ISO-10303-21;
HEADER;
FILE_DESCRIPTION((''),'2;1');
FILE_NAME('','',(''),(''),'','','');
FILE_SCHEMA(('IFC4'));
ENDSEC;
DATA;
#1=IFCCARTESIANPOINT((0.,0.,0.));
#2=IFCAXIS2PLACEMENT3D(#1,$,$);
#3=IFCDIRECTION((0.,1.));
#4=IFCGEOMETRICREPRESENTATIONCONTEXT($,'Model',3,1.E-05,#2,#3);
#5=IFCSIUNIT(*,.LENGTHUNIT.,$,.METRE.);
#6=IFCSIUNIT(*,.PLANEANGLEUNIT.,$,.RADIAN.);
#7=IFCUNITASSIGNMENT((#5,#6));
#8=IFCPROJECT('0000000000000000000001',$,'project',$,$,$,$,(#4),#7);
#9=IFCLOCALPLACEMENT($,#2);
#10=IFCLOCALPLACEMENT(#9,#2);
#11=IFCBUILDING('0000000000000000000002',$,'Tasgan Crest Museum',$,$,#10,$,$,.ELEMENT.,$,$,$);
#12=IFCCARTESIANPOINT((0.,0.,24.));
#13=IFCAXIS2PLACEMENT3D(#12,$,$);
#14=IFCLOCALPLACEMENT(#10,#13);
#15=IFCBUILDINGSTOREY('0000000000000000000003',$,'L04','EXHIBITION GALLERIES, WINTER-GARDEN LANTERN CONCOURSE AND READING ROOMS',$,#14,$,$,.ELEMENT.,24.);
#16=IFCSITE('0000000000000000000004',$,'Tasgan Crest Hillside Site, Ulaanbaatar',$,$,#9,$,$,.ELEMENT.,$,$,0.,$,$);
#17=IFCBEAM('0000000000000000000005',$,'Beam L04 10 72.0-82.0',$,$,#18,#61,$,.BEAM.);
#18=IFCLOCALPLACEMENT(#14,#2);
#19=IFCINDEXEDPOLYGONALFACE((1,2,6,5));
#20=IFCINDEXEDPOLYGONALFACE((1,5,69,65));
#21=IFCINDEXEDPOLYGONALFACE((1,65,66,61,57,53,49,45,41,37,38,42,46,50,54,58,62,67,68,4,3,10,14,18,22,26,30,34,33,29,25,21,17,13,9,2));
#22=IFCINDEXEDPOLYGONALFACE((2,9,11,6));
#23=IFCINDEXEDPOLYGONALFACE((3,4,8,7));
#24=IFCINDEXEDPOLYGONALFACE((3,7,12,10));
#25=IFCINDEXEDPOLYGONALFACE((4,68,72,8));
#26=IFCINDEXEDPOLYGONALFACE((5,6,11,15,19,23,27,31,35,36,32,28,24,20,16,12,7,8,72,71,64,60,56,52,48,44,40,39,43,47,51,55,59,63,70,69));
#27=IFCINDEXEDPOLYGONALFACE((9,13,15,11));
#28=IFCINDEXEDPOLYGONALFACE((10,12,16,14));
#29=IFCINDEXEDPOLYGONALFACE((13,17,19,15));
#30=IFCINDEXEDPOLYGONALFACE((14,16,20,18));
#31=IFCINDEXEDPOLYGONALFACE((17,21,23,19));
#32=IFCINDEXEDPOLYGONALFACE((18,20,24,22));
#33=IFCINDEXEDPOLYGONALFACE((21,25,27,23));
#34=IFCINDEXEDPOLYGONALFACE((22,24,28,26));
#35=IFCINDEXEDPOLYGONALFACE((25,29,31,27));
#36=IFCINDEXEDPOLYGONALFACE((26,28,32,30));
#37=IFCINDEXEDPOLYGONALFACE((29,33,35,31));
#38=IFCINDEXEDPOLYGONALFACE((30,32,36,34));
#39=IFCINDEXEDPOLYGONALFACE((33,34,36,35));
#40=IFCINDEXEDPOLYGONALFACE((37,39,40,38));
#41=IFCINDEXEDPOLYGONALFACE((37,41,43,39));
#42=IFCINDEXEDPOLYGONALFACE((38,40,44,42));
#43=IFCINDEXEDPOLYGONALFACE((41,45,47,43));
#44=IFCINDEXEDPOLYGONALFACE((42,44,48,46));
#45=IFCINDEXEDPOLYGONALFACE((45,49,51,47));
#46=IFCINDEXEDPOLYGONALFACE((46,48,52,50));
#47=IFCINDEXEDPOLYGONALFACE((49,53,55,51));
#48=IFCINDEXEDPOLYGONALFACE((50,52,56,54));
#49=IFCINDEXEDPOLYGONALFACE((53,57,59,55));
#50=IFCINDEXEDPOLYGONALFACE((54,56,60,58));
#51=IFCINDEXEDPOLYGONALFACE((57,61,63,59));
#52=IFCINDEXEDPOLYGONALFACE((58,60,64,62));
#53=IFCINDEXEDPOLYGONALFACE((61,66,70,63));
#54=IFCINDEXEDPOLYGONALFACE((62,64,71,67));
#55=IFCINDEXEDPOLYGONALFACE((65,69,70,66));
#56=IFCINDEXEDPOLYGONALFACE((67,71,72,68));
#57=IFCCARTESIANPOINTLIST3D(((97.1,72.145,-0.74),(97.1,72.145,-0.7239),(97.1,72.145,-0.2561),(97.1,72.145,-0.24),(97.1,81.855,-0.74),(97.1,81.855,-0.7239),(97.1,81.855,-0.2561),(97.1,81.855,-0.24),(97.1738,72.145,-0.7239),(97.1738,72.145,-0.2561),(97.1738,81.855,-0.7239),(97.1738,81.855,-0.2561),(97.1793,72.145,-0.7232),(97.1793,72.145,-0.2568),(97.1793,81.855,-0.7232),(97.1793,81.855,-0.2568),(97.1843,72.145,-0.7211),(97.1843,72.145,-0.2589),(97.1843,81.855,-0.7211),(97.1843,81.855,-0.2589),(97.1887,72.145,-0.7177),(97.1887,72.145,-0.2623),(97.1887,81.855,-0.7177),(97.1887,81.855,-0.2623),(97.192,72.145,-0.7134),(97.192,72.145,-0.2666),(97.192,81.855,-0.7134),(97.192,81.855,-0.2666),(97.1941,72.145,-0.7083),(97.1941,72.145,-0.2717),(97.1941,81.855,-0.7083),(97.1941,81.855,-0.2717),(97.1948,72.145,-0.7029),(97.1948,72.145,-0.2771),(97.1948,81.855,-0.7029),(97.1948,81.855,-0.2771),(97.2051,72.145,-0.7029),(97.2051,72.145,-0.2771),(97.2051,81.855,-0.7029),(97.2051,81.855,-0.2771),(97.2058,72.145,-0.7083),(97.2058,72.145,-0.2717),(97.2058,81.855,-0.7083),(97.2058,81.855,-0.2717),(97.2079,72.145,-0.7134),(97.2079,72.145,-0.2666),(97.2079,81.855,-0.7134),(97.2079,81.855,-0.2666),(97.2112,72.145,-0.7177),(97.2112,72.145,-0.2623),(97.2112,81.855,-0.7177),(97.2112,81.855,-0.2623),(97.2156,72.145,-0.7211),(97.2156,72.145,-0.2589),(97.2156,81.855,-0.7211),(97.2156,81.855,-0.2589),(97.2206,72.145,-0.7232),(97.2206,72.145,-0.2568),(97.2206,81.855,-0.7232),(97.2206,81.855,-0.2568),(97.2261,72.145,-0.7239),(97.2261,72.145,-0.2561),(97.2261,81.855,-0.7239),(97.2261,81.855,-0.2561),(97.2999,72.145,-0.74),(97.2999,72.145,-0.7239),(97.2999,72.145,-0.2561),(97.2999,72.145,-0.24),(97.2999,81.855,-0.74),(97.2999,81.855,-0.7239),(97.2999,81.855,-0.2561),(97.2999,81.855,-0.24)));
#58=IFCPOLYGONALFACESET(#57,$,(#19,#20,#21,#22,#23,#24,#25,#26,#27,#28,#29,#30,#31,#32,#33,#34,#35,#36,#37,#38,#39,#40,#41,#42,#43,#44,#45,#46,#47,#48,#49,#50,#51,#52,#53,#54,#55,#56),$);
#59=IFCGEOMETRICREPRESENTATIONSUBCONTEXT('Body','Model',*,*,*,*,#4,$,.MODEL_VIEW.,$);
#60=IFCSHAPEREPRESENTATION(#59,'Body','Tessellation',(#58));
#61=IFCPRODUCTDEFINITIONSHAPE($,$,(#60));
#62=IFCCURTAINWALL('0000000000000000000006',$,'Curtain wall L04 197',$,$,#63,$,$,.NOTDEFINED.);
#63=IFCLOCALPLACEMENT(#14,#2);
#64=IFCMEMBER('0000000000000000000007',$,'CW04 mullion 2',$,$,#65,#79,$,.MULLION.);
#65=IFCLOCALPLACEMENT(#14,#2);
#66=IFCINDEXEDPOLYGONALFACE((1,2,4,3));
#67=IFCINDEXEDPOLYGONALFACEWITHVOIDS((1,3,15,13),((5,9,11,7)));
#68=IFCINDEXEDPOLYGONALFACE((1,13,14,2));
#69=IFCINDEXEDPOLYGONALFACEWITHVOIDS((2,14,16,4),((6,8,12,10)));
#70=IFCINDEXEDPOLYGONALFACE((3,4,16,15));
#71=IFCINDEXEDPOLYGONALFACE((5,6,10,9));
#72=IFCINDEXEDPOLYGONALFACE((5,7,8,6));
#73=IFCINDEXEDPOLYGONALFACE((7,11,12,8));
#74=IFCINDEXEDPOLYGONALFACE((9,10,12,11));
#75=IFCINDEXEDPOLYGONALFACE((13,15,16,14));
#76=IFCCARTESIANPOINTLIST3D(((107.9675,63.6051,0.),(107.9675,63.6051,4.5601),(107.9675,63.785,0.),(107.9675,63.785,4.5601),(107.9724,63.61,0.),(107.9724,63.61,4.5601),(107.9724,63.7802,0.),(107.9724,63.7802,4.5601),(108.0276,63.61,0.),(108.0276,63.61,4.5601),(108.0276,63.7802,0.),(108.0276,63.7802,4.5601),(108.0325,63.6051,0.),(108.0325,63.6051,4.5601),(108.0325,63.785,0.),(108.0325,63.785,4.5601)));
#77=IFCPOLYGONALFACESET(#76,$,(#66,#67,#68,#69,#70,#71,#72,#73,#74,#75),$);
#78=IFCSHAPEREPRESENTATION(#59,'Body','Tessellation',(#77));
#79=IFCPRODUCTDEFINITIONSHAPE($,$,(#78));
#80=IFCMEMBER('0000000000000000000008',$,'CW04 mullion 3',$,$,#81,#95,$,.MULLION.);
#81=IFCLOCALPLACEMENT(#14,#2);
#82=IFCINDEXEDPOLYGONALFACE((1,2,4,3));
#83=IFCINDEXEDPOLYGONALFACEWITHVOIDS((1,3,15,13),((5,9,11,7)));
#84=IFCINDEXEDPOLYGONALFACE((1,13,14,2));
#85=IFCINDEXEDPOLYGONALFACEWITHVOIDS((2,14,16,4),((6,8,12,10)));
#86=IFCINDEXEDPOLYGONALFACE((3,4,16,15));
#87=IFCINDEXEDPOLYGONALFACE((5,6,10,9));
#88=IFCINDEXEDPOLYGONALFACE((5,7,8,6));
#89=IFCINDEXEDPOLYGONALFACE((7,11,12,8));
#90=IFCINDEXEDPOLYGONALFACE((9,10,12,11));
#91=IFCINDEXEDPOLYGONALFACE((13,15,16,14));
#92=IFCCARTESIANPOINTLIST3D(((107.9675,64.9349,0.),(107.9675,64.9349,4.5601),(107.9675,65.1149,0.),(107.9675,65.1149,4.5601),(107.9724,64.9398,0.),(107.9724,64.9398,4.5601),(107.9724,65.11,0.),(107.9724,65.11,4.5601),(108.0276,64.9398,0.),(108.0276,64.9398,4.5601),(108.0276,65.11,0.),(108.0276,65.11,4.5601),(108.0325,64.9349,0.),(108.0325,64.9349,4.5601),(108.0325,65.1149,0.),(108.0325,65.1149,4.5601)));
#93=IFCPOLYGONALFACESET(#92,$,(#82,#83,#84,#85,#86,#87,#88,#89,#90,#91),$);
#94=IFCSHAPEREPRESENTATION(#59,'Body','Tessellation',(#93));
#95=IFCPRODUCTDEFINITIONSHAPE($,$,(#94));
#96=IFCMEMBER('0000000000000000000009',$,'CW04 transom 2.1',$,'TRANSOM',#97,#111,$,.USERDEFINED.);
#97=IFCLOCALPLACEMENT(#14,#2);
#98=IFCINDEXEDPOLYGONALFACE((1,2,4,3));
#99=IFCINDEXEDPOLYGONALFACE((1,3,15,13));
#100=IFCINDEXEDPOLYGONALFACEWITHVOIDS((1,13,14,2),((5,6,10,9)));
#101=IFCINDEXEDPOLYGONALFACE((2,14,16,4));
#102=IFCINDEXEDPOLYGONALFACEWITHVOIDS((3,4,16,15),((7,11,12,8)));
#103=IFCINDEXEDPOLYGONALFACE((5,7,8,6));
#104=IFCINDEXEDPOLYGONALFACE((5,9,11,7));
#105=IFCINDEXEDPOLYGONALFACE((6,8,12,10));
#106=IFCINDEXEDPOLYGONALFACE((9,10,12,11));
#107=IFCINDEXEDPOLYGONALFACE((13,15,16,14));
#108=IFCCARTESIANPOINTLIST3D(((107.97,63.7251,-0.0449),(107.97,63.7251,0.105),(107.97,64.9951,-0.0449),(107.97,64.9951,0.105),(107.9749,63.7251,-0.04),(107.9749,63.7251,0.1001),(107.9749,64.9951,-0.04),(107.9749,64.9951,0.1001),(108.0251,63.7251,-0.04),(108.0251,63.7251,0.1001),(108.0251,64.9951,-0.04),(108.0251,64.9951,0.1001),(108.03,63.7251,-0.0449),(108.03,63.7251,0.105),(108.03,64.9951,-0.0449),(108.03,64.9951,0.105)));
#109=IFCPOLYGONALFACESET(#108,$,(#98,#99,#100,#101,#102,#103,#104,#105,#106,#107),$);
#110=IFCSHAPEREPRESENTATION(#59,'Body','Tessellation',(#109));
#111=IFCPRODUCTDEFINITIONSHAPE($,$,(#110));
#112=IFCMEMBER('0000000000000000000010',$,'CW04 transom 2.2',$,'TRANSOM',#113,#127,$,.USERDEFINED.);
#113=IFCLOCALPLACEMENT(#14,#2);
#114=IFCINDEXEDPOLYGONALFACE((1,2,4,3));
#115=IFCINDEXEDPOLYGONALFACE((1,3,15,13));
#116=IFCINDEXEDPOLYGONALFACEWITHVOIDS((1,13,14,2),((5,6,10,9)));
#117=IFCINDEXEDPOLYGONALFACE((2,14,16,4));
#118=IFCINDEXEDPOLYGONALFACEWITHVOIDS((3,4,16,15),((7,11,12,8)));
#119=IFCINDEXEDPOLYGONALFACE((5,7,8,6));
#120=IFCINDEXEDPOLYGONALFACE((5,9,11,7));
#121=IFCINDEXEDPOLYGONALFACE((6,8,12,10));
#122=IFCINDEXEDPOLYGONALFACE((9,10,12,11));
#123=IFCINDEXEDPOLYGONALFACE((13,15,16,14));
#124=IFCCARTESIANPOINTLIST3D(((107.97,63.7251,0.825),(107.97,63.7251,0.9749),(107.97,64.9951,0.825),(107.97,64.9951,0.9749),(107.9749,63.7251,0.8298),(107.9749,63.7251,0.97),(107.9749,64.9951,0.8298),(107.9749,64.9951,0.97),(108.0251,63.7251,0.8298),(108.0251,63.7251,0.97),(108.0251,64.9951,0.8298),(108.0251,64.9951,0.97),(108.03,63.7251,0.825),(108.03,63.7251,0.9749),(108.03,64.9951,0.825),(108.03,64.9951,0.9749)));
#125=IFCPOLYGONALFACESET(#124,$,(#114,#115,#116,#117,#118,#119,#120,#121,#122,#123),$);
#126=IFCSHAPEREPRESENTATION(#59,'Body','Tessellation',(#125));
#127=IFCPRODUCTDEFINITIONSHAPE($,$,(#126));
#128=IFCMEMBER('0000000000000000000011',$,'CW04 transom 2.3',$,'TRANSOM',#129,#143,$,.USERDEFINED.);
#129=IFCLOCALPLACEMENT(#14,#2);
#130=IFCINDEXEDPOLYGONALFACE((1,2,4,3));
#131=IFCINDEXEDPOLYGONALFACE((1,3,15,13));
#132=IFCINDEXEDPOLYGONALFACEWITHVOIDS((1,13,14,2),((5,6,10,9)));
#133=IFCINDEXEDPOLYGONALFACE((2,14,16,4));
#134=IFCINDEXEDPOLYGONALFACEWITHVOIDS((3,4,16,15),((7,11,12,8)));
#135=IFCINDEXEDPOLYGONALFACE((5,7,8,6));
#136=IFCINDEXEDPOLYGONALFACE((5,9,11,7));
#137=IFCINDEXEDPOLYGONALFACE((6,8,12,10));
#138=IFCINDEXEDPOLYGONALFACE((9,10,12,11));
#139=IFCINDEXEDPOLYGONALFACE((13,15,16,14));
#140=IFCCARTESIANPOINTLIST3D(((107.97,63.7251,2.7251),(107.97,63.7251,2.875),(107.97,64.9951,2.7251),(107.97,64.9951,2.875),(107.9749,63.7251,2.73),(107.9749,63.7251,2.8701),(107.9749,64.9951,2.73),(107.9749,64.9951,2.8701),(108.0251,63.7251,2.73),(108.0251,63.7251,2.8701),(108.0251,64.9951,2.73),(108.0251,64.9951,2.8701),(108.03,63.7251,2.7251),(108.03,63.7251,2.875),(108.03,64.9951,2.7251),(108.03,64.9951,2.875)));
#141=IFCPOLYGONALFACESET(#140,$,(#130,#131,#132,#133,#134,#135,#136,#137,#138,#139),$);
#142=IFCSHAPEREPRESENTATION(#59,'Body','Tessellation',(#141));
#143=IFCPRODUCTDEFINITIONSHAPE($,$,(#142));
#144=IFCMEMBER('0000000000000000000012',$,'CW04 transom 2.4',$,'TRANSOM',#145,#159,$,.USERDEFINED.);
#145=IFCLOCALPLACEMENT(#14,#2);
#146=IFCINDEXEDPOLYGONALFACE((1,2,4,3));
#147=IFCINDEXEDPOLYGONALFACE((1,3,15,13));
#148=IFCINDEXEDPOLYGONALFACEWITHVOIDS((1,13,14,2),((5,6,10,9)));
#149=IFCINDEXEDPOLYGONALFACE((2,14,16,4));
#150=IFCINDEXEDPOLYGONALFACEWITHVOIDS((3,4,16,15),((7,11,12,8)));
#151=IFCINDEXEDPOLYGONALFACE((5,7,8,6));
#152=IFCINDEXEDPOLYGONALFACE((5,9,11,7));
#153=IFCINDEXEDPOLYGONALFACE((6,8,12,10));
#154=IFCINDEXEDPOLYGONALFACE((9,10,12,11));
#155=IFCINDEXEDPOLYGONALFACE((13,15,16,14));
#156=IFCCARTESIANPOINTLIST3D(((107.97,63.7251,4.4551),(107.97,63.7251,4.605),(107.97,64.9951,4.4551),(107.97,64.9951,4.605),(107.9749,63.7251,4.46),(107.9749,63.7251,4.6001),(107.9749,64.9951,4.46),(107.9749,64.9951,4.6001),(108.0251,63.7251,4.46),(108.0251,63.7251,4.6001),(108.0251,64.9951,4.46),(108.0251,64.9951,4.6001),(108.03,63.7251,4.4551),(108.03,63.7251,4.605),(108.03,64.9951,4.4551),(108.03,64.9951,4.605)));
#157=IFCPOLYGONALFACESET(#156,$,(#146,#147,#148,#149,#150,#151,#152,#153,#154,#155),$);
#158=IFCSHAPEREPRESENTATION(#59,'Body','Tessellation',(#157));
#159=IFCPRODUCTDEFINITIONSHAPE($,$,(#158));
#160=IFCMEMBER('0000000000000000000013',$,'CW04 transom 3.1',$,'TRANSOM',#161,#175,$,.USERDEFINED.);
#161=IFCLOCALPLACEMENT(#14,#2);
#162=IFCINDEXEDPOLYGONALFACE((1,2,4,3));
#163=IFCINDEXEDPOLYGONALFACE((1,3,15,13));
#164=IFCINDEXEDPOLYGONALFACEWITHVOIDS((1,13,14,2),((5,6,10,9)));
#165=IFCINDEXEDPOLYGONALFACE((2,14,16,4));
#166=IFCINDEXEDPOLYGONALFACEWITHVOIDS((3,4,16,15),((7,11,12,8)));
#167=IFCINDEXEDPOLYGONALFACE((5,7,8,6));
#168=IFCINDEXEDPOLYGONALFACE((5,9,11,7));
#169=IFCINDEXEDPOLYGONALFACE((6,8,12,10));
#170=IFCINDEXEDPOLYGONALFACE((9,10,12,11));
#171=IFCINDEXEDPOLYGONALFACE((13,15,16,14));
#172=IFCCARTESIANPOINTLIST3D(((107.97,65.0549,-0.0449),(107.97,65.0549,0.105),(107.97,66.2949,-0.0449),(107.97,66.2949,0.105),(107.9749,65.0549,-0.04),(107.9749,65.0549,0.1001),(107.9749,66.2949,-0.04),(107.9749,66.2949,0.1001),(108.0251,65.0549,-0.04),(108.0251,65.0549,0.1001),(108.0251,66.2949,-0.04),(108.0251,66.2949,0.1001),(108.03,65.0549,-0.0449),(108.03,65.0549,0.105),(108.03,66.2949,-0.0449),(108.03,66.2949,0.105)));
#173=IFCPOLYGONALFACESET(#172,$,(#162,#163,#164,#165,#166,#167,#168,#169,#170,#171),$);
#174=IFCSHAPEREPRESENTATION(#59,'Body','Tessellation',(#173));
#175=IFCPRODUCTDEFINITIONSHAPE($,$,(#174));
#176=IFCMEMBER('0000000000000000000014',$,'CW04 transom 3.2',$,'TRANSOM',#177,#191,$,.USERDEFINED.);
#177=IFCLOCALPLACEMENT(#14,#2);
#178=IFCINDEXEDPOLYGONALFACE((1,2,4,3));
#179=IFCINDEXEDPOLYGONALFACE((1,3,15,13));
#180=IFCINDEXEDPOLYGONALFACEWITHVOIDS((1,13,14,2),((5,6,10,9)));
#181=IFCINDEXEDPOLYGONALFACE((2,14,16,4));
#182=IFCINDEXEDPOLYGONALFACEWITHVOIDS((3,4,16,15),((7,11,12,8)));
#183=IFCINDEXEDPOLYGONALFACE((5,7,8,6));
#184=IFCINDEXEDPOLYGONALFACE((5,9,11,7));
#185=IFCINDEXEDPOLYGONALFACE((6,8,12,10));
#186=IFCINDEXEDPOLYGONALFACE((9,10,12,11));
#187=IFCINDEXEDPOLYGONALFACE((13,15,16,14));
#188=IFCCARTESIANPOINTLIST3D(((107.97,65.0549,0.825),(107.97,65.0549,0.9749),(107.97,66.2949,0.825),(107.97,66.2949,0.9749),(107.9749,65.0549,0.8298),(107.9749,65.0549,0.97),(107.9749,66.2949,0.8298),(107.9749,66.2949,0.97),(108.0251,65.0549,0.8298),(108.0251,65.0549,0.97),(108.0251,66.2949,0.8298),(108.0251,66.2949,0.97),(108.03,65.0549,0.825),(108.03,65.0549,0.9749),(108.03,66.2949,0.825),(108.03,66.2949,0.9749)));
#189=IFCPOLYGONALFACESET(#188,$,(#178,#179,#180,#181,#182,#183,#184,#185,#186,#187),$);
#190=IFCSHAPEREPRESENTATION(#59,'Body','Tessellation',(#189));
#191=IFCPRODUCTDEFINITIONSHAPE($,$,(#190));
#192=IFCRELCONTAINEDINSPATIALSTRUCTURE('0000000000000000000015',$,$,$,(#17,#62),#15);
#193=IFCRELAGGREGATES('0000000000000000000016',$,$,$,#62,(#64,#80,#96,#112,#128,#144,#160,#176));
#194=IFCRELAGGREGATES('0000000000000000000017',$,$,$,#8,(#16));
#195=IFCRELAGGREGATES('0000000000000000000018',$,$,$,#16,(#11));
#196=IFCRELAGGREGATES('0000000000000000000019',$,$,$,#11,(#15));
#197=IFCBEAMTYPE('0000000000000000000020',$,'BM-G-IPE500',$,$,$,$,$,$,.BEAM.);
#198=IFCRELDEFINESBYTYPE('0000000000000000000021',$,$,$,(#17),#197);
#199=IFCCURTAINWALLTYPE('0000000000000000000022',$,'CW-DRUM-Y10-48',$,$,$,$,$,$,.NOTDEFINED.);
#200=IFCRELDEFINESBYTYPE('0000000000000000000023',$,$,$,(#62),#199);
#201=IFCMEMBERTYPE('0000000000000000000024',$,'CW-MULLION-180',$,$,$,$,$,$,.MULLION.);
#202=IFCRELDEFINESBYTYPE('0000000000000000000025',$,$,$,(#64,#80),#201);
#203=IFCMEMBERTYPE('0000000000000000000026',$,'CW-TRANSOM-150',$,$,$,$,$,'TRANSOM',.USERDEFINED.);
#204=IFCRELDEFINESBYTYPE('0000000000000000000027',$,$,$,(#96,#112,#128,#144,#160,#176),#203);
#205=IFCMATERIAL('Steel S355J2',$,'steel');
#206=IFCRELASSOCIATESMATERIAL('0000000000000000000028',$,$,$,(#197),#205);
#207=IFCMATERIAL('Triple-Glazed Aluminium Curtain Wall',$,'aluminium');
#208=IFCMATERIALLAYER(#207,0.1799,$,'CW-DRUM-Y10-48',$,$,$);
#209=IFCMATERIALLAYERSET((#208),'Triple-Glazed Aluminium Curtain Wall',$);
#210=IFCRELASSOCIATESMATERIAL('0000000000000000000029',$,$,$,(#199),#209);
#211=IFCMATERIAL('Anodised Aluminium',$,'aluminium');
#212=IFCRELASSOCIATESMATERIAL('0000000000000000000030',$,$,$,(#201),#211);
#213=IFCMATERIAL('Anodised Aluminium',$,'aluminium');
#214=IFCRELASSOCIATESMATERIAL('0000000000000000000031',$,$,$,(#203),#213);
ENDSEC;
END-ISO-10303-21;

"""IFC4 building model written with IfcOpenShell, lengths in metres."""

from ifc_helpers import new_model, si_unit, direction, frame, origin, origin_2d, place, context, subcontext, project, spatial, hollow_rectangle, i_section, extrude, material, layer, layer_set, material_profile, profile_set, type_object, element, aggregate, save


model = new_model("IFC4")

# Units and contexts
model_context = context("Model", 3, precision=1e-05, world=origin(), true_north=direction((0.0, 1.0)))
body_context = subcontext(model_context, "Body", "Model", "MODEL_VIEW")
ifc_project = project(units=[si_unit("LENGTHUNIT", "METRE"), si_unit("PLANEANGLEUNIT", "RADIAN")], contexts=[model_context])

# Site, building, storey
site_placement = place(None, origin())
site = spatial("IfcSite", under=ifc_project, at=site_placement, Name="Tasgan Crest Hillside Site, Ulaanbaatar", CompositionType="ELEMENT", RefElevation=0.0)
building_placement = place(site_placement, origin())
building = spatial("IfcBuilding", under=site, at=building_placement, Name="Tasgan Crest Museum", CompositionType="ELEMENT")
storey_placement = place(building_placement, frame((0.0, 0.0, 24.0)))
storey = spatial("IfcBuildingStorey", under=building, at=storey_placement, Name="L04", Description="EXHIBITION GALLERIES, WINTER-GARDEN LANTERN CONCOURSE AND READING ROOMS", CompositionType="ELEMENT", Elevation=24.0)

# Beam
ifc_material_1 = material(Name="Steel S355J2", Category="steel")
ifc_material_profile_1 = material_profile(ifc_material_1, i_section(OverallWidth=0.2, OverallDepth=0.5, WebThickness=0.0103, FlangeThickness=0.0161, FilletRadius=0.021, at=origin_2d()), Name="IPE 500")
ifc_profile_set_1 = profile_set([ifc_material_profile_1], Name="Steel S355J2")
beam_type_1 = type_object("IfcBeamType", Name="BM-G-IPE500", PredefinedType="BEAM", material=ifc_profile_set_1)
beam_1_placement = place(storey_placement, frame((97.2, 72.145, -0.49), z_axis=(0.0, 1.0, 0.0), x_axis=(-1.0, 0.0, 0.0)))
element("IfcBeam", 1, at=beam_1_placement, inside=storey, type_object=beam_type_1, Name="Beam L04 10 72.0-82.0", PredefinedType="BEAM", context=body_context, shape_type="SweptSolid", body=[
    extrude(i_section(OverallWidth=0.2, OverallDepth=0.5, WebThickness=0.0103, FlangeThickness=0.0161, FilletRadius=0.021, at=origin_2d()), origin(), (0.0, 0.0, 1.0), 9.71),
])

# Curtain wall, members
ifc_material_2 = material(Name="Triple-Glazed Aluminium Curtain Wall", Category="aluminium")
ifc_layer_1 = layer(ifc_material_2, 0.1799, Name="CW-DRUM-Y10-48")
ifc_layer_set_1 = layer_set([ifc_layer_1], Name="Triple-Glazed Aluminium Curtain Wall")
curtain_wall_type = type_object("IfcCurtainWallType", Name="CW-DRUM-Y10-48", PredefinedType="NOTDEFINED", material=ifc_layer_set_1)
curtain_wall_placement = place(storey_placement, origin())
curtain_wall = element("IfcCurtainWall", 2, at=curtain_wall_placement, inside=storey, type_object=curtain_wall_type, Name="Curtain wall L04 197", PredefinedType="NOTDEFINED")
ifc_material_3 = material(Name="Anodised Aluminium", Category="aluminium")
ifc_material_profile_2 = material_profile(ifc_material_3, hollow_rectangle(XDim=0.0649, YDim=0.1799, WallThickness=0.0049, at=origin_2d()), Name="ALU MULLION 180x65x5")
ifc_profile_set_2 = profile_set([ifc_material_profile_2], Name="Anodised Aluminium")
member_type_1 = type_object("IfcMemberType", Name="CW-MULLION-180", PredefinedType="MULLION", material=ifc_profile_set_2)
member_1_placement = place(storey_placement, frame((108.0, 63.6951, 0.0), z_axis=(0.0, 0.0, 1.0), x_axis=(-1.0, 0.0, 0.0)))
member_1 = element("IfcMember", 3, at=member_1_placement, type_object=member_type_1, Name="CW04 mullion 2", PredefinedType="MULLION", context=body_context, shape_type="SweptSolid", body=[
    extrude(hollow_rectangle(XDim=0.0649, YDim=0.1799, WallThickness=0.0049, at=origin_2d()), origin(), (0.0, 0.0, 1.0), 4.5601),
])
member_2_placement = place(storey_placement, frame((108.0, 65.0249, 0.0), z_axis=(0.0, 0.0, 1.0), x_axis=(-1.0, 0.0, 0.0)))
member_2 = element("IfcMember", 4, at=member_2_placement, type_object=member_type_1, Name="CW04 mullion 3", PredefinedType="MULLION", context=body_context, shape_type="SweptSolid", body=[
    extrude(hollow_rectangle(XDim=0.0649, YDim=0.1799, WallThickness=0.0049, at=origin_2d()), origin(), (0.0, 0.0, 1.0), 4.5601),
])
ifc_material_4 = material(Name="Anodised Aluminium", Category="aluminium")
ifc_material_profile_3 = material_profile(ifc_material_4, hollow_rectangle(XDim=0.0601, YDim=0.1499, WallThickness=0.0049, at=origin_2d()), Name="ALU TRANSOM 150x60x5")
ifc_profile_set_3 = profile_set([ifc_material_profile_3], Name="Anodised Aluminium")
member_type_2 = type_object("IfcMemberType", Name="CW-TRANSOM-150", ElementType="TRANSOM", PredefinedType="USERDEFINED", material=ifc_profile_set_3)
member_3_placement = place(storey_placement, frame((108.0, 63.7251, 0.03), z_axis=(0.0, 1.0, 0.0), x_axis=(-1.0, 0.0, 0.0)))
member_3 = element("IfcMember", 5, at=member_3_placement, type_object=member_type_2, Name="CW04 transom 2.1", ObjectType="TRANSOM", PredefinedType="USERDEFINED", context=body_context, shape_type="SweptSolid", body=[
    extrude(hollow_rectangle(XDim=0.0601, YDim=0.1499, WallThickness=0.0049, at=origin_2d()), origin(), (0.0, 0.0, 1.0), 1.27),
])
member_4_placement = place(storey_placement, frame((108.0, 63.7251, 0.8999), z_axis=(0.0, 1.0, 0.0), x_axis=(-1.0, 0.0, 0.0)))
member_4 = element("IfcMember", 6, at=member_4_placement, type_object=member_type_2, Name="CW04 transom 2.2", ObjectType="TRANSOM", PredefinedType="USERDEFINED", context=body_context, shape_type="SweptSolid", body=[
    extrude(hollow_rectangle(XDim=0.0601, YDim=0.1499, WallThickness=0.0049, at=origin_2d()), origin(), (0.0, 0.0, 1.0), 1.27),
])
member_5_placement = place(storey_placement, frame((108.0, 63.7251, 2.8), z_axis=(0.0, 1.0, 0.0), x_axis=(-1.0, 0.0, 0.0)))
member_5 = element("IfcMember", 7, at=member_5_placement, type_object=member_type_2, Name="CW04 transom 2.3", ObjectType="TRANSOM", PredefinedType="USERDEFINED", context=body_context, shape_type="SweptSolid", body=[
    extrude(hollow_rectangle(XDim=0.0601, YDim=0.1499, WallThickness=0.0049, at=origin_2d()), origin(), (0.0, 0.0, 1.0), 1.27),
])
member_6_placement = place(storey_placement, frame((108.0, 63.7251, 4.53), z_axis=(0.0, 1.0, 0.0), x_axis=(-1.0, 0.0, 0.0)))
member_6 = element("IfcMember", 8, at=member_6_placement, type_object=member_type_2, Name="CW04 transom 2.4", ObjectType="TRANSOM", PredefinedType="USERDEFINED", context=body_context, shape_type="SweptSolid", body=[
    extrude(hollow_rectangle(XDim=0.0601, YDim=0.1499, WallThickness=0.0049, at=origin_2d()), origin(), (0.0, 0.0, 1.0), 1.27),
])
member_7_placement = place(storey_placement, frame((108.0, 65.0549, 0.03), z_axis=(0.0, 1.0, 0.0), x_axis=(-1.0, 0.0, 0.0)))
member_7 = element("IfcMember", 9, at=member_7_placement, type_object=member_type_2, Name="CW04 transom 3.1", ObjectType="TRANSOM", PredefinedType="USERDEFINED", context=body_context, shape_type="SweptSolid", body=[
    extrude(hollow_rectangle(XDim=0.0601, YDim=0.1499, WallThickness=0.0049, at=origin_2d()), origin(), (0.0, 0.0, 1.0), 1.24),
])
member_8_placement = place(storey_placement, frame((108.0, 65.0549, 0.8999), z_axis=(0.0, 1.0, 0.0), x_axis=(-1.0, 0.0, 0.0)))
member_8 = element("IfcMember", 10, at=member_8_placement, type_object=member_type_2, Name="CW04 transom 3.2", ObjectType="TRANSOM", PredefinedType="USERDEFINED", context=body_context, shape_type="SweptSolid", body=[
    extrude(hollow_rectangle(XDim=0.0601, YDim=0.1499, WallThickness=0.0049, at=origin_2d()), origin(), (0.0, 0.0, 1.0), 1.24),
])

aggregate(curtain_wall, [member_1, member_2, member_3, member_4, member_5, member_6, member_7, member_8])

save(model, "model.ifc")
